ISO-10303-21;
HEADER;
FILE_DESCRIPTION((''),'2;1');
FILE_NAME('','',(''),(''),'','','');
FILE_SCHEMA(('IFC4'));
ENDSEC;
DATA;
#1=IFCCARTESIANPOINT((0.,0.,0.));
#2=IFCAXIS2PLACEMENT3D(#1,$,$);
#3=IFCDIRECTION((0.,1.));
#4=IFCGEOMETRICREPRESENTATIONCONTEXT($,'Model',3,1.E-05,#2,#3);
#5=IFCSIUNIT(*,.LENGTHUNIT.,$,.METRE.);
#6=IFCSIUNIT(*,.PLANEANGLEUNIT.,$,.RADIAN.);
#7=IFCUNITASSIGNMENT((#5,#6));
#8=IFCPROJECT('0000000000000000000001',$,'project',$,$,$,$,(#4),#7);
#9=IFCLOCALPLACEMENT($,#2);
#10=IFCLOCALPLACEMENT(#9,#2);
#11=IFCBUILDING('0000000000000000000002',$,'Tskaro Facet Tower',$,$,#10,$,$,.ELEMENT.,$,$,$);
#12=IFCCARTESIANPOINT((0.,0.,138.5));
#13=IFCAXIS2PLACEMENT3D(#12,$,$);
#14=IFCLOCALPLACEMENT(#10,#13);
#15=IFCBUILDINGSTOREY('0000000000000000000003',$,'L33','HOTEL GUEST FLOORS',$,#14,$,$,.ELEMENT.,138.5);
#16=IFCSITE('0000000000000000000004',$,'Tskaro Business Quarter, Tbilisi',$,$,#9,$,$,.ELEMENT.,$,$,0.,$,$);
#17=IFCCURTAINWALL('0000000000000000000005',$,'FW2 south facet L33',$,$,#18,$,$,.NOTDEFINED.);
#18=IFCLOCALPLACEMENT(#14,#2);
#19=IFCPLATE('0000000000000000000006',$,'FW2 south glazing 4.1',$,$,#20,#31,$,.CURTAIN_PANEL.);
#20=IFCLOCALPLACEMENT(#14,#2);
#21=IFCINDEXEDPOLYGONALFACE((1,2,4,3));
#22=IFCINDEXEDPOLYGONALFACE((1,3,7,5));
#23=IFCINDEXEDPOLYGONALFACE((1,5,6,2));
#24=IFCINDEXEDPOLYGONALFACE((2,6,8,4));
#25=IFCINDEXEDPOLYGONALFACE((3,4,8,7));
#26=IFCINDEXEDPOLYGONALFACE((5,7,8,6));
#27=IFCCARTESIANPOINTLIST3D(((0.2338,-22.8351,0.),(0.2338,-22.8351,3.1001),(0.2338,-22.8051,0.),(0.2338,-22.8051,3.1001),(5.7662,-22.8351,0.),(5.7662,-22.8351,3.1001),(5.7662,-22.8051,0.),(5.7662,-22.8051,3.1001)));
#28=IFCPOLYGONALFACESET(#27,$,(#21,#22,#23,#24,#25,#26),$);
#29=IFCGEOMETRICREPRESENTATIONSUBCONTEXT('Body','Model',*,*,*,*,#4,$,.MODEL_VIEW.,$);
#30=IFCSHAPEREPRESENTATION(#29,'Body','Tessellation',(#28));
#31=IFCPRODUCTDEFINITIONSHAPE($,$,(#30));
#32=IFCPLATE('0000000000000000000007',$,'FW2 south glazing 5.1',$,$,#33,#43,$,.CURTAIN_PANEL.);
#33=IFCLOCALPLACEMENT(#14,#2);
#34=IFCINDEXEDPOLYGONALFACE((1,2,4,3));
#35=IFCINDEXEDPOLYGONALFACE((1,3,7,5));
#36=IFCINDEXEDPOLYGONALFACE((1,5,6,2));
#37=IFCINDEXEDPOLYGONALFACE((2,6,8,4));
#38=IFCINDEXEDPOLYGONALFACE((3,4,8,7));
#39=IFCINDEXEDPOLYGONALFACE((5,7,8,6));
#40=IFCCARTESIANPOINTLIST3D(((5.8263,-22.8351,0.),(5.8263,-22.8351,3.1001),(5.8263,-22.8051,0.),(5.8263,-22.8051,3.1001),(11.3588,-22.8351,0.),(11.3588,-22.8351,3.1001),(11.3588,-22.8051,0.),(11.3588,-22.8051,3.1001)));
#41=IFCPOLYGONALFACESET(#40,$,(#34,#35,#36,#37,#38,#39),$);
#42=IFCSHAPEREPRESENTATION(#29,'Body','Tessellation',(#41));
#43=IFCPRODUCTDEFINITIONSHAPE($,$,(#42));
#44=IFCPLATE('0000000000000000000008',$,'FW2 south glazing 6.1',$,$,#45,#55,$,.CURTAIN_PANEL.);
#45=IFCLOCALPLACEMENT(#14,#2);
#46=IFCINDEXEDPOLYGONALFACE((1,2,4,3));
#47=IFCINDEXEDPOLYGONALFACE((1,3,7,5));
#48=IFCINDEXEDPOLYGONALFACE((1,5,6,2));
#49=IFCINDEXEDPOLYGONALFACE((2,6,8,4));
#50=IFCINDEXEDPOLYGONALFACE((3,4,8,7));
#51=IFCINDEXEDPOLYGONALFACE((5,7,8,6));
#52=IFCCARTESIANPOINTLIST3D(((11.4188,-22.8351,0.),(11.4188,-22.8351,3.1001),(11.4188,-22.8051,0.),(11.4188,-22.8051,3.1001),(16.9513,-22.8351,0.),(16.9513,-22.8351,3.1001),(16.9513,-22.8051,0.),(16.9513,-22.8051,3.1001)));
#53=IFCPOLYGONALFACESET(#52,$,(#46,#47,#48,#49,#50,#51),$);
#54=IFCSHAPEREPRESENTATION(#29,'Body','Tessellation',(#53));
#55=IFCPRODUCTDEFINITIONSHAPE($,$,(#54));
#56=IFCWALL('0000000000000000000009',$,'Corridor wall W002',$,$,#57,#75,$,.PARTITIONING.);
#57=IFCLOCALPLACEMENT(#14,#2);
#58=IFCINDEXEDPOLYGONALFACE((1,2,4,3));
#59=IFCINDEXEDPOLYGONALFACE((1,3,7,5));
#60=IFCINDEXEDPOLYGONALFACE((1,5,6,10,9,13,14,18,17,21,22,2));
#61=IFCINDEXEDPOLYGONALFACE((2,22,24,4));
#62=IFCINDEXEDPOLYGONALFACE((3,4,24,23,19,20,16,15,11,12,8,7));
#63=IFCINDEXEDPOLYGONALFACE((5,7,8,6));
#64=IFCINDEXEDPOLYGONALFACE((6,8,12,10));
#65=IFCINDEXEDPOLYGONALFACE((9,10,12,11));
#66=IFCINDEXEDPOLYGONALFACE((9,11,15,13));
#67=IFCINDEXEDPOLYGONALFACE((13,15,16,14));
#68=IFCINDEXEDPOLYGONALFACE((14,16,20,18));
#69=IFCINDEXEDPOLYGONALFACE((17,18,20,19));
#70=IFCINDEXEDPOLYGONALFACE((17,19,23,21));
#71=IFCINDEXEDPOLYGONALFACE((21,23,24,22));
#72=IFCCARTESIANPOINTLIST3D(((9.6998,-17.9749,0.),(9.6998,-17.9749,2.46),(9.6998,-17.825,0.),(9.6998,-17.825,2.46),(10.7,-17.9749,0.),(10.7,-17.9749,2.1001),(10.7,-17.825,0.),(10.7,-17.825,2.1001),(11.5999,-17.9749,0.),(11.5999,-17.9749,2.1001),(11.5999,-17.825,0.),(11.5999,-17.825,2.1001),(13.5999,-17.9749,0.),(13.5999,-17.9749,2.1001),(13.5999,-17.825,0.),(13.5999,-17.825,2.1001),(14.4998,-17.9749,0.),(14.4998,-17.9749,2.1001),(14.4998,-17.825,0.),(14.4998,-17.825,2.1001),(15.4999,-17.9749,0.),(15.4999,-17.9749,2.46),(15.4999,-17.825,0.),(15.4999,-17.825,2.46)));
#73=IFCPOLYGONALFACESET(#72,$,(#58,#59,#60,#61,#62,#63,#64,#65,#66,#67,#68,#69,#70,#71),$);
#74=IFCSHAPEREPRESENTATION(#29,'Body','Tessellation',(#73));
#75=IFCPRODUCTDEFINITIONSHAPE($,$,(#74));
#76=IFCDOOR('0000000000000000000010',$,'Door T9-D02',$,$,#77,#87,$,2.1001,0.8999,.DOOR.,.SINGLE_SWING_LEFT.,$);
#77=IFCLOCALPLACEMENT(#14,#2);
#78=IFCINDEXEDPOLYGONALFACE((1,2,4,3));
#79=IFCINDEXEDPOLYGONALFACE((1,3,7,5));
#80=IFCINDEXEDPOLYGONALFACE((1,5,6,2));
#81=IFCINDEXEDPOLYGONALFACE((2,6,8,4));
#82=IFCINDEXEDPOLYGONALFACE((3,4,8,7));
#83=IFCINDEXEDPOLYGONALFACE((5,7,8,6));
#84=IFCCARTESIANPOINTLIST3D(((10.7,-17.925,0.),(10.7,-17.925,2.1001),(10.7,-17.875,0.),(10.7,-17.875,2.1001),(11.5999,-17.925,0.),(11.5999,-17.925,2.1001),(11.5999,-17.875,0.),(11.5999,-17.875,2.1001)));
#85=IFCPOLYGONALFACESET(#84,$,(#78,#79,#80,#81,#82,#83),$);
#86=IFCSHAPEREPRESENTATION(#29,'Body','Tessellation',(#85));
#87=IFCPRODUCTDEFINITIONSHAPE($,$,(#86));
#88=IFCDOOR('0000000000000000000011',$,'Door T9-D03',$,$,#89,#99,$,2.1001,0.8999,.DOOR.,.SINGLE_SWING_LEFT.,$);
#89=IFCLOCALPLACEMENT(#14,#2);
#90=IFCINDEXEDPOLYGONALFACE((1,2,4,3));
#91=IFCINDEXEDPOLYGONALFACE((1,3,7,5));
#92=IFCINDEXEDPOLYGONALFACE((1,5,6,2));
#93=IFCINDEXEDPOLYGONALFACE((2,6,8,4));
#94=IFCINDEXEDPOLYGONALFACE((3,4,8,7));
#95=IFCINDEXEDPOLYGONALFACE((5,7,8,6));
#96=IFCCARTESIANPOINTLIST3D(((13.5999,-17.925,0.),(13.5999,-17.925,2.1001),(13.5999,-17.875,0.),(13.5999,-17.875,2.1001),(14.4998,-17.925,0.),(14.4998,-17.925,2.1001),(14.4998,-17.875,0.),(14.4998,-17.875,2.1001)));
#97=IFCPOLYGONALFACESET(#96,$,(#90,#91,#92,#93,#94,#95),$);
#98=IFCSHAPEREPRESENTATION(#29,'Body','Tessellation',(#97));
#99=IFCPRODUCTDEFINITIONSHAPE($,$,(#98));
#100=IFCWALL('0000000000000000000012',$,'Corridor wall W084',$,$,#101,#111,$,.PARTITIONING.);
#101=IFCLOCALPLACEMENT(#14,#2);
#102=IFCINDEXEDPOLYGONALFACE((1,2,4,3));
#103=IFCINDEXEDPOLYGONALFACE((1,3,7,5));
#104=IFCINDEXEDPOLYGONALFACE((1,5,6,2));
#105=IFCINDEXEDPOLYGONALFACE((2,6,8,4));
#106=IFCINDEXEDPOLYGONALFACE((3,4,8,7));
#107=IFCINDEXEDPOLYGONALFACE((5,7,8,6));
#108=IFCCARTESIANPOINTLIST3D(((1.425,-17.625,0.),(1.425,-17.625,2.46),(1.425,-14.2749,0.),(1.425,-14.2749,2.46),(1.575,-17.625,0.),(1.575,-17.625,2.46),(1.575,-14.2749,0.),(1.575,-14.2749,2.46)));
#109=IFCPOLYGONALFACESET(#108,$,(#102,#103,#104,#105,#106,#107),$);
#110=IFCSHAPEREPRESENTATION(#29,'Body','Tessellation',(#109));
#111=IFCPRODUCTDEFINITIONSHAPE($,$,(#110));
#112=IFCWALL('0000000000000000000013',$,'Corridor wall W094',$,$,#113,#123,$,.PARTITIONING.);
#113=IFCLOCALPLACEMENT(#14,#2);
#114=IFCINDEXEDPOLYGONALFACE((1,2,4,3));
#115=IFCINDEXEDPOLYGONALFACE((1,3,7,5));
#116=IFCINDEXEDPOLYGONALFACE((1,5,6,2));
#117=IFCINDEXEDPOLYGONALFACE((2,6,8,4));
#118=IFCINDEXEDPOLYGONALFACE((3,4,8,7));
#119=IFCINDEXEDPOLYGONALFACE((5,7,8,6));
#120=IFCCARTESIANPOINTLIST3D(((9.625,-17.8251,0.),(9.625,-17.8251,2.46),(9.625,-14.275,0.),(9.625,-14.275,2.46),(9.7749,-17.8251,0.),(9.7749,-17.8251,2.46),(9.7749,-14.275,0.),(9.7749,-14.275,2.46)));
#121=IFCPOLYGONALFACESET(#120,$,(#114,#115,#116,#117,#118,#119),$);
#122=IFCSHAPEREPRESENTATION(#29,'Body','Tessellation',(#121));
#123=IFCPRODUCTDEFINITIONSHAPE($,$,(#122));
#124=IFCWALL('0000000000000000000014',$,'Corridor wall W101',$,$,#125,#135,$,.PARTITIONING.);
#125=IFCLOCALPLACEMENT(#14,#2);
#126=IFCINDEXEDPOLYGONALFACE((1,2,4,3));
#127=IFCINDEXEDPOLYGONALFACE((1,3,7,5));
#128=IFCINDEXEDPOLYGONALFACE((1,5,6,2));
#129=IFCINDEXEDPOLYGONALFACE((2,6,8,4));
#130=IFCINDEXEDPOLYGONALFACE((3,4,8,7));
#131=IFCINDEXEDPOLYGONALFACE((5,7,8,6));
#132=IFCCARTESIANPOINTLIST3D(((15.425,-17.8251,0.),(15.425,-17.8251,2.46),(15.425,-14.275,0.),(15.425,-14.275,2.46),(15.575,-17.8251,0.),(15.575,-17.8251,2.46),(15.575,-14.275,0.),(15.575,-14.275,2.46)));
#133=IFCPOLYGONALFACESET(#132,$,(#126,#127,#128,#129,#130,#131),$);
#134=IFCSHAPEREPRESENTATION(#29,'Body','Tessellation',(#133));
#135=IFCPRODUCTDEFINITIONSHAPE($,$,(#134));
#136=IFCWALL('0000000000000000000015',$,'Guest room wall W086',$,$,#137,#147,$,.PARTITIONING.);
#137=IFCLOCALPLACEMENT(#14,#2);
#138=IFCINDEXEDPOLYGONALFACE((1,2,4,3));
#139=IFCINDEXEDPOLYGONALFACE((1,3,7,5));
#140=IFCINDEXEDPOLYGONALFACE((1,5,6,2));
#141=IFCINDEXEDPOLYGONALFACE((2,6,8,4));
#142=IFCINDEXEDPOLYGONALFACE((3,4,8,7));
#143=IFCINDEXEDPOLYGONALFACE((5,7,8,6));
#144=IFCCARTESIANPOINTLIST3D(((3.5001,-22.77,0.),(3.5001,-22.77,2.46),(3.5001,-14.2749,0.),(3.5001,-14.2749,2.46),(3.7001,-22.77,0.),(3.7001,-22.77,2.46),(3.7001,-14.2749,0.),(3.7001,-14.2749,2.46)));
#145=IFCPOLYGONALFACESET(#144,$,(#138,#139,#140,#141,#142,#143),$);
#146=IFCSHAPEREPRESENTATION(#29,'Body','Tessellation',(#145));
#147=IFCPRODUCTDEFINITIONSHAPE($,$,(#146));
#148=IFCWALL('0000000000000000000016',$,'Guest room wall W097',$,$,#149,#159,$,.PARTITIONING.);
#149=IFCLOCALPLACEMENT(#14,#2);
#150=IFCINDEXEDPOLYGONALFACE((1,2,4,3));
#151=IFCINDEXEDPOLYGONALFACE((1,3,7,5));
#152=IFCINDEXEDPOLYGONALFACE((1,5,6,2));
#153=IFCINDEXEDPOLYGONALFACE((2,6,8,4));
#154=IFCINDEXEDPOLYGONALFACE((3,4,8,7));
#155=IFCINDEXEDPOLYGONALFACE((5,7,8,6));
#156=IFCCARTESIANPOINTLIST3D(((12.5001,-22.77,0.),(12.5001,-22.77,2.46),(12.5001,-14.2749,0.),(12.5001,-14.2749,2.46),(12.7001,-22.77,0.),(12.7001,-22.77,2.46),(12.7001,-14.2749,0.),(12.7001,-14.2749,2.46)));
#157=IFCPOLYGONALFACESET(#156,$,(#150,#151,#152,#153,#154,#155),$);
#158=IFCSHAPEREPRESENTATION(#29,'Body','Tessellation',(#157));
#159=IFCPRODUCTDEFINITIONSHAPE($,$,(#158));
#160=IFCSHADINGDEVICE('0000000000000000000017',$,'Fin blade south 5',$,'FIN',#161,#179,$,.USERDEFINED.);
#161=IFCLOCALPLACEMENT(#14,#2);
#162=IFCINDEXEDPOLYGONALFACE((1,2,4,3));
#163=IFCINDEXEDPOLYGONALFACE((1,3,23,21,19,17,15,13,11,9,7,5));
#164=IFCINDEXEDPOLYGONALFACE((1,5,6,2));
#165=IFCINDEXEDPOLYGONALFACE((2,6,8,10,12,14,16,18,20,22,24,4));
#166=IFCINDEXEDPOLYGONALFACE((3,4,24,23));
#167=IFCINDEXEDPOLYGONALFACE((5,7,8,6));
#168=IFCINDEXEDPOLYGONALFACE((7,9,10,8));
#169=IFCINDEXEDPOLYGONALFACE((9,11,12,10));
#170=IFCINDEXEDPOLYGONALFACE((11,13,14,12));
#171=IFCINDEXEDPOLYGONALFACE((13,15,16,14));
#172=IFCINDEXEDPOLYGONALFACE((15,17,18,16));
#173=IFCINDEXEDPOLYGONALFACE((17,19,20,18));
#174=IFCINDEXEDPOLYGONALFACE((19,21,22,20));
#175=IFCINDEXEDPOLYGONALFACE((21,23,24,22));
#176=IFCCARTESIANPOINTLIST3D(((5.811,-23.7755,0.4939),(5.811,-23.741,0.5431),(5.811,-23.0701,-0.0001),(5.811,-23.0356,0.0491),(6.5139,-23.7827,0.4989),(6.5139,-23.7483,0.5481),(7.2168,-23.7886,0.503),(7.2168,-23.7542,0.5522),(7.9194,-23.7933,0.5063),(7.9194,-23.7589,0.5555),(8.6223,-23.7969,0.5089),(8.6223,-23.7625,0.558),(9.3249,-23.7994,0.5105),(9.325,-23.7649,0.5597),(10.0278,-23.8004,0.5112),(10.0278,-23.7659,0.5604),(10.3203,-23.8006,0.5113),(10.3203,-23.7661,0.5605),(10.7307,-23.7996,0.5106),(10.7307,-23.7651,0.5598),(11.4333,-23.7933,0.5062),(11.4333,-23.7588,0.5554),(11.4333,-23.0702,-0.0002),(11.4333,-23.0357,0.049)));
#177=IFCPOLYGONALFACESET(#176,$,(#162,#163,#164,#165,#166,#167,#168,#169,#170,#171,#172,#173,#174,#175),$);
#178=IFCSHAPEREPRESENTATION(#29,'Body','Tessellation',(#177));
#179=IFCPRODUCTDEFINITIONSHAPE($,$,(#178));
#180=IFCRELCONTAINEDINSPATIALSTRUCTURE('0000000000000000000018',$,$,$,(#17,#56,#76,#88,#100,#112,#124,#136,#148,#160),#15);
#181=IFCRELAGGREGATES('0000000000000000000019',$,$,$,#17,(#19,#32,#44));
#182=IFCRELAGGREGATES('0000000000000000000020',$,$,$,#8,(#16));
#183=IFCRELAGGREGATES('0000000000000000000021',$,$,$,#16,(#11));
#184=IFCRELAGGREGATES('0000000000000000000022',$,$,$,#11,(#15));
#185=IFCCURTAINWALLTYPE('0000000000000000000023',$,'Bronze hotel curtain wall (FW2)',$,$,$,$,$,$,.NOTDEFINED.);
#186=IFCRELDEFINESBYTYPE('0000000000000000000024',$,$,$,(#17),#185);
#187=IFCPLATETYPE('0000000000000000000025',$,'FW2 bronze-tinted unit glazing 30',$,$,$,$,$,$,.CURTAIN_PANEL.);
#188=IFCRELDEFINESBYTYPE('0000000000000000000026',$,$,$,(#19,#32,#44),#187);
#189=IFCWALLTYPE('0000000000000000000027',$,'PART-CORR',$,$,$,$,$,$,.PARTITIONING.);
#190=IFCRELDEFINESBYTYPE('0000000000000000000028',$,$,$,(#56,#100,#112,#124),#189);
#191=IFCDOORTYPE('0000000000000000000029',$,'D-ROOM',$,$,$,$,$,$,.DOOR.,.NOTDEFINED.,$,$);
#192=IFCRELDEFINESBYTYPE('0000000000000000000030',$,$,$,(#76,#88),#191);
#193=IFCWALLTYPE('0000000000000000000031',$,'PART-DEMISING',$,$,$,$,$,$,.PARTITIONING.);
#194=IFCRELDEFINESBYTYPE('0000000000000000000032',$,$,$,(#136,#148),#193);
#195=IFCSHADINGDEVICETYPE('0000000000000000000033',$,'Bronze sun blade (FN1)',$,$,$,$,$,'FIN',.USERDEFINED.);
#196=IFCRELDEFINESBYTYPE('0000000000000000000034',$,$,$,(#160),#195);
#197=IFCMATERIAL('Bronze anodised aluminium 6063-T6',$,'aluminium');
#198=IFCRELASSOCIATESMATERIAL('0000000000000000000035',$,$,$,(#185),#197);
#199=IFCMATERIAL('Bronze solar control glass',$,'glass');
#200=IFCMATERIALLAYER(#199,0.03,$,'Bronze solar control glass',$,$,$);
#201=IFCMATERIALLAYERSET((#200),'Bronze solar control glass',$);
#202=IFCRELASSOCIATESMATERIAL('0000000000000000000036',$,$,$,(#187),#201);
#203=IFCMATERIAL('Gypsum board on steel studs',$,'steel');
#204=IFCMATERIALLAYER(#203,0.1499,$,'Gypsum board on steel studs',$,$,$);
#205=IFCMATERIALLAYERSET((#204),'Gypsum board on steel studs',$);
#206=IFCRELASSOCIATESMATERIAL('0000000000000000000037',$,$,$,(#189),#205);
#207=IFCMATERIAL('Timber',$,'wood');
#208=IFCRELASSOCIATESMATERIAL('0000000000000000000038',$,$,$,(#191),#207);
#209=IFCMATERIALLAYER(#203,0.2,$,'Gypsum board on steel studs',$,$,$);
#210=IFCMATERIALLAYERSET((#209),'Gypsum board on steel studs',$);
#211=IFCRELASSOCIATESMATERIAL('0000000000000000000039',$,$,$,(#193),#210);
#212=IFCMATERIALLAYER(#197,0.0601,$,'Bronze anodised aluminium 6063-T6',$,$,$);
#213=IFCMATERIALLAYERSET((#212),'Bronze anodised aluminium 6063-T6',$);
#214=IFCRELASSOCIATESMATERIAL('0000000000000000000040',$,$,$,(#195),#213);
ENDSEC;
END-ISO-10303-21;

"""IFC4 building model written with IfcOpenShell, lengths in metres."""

from ifc_helpers import new_model, si_unit, direction, frame, frame_2d, origin, origin_2d, place, context, subcontext, project, spatial, polyline, rectangle, outline, extrude, material, layer, layer_set, type_object, element, fill, aggregate, save


model = new_model("IFC4")

# Units and contexts
model_context = context("Model", 3, precision=1e-05, world=origin(), true_north=direction((0.0, 1.0)))
body_context = subcontext(model_context, "Body", "Model", "MODEL_VIEW")
ifc_project = project(units=[si_unit("LENGTHUNIT", "METRE"), si_unit("PLANEANGLEUNIT", "RADIAN")], contexts=[model_context])

# Site, building, storey
site_placement = place(None, origin())
site = spatial("IfcSite", under=ifc_project, at=site_placement, Name="Tskaro Business Quarter, Tbilisi", CompositionType="ELEMENT", RefElevation=0.0)
building_placement = place(site_placement, origin())
building = spatial("IfcBuilding", under=site, at=building_placement, Name="Tskaro Facet Tower", CompositionType="ELEMENT")
storey_placement = place(building_placement, frame((0.0, 0.0, 138.5)))
storey = spatial("IfcBuildingStorey", under=building, at=storey_placement, Name="L33", Description="HOTEL GUEST FLOORS", CompositionType="ELEMENT", Elevation=138.5)

# Curtain wall
ifc_material_1 = material(Name="Bronze anodised aluminium 6063-T6", Category="aluminium")
curtain_wall_type = type_object("IfcCurtainWallType", Name="Bronze hotel curtain wall (FW2)", PredefinedType="NOTDEFINED", material=ifc_material_1)
curtain_wall_placement = place(storey_placement, origin())
curtain_wall = element("IfcCurtainWall", 1, at=curtain_wall_placement, inside=storey, type_object=curtain_wall_type, Name="FW2 south facet L33", PredefinedType="NOTDEFINED")

# Plates
ifc_material_2 = material(Name="Bronze solar control glass", Category="glass")
ifc_layer_1 = layer(ifc_material_2, 0.03, Name="Bronze solar control glass")
ifc_layer_set_1 = layer_set([ifc_layer_1], Name="Bronze solar control glass")
plate_type = type_object("IfcPlateType", Name="FW2 bronze-tinted unit glazing 30", PredefinedType="CURTAIN_PANEL", material=ifc_layer_set_1)
plate_1_placement = place(storey_placement, frame((3.0, -22.8201, 0.0), z_axis=(0.0, 0.0, 1.0), x_axis=(1.0, 0.0, 0.0)))
plate_1 = element("IfcPlate", 2, at=plate_1_placement, type_object=plate_type, Name="FW2 south glazing 4.1", PredefinedType="CURTAIN_PANEL", context=body_context, shape_type="SweptSolid", body=[
    extrude(rectangle(XDim=5.5325, YDim=0.03, at=origin_2d()), origin(), (0.0, 0.0, 1.0), 3.1001),
])
plate_2_placement = place(storey_placement, frame((8.5925, -22.8201, 0.0), z_axis=(0.0, 0.0, 1.0), x_axis=(1.0, 0.0, 0.0)))
plate_2 = element("IfcPlate", 3, at=plate_2_placement, type_object=plate_type, Name="FW2 south glazing 5.1", PredefinedType="CURTAIN_PANEL", context=body_context, shape_type="SweptSolid", body=[
    extrude(rectangle(XDim=5.5325, YDim=0.03, at=origin_2d()), origin(), (0.0, 0.0, 1.0), 3.1001),
])
plate_3_placement = place(storey_placement, frame((14.1851, -22.8201, 0.0), z_axis=(0.0, 0.0, 1.0), x_axis=(1.0, 0.0, 0.0)))
plate_3 = element("IfcPlate", 4, at=plate_3_placement, type_object=plate_type, Name="FW2 south glazing 6.1", PredefinedType="CURTAIN_PANEL", context=body_context, shape_type="SweptSolid", body=[
    extrude(rectangle(XDim=5.5325, YDim=0.03, at=origin_2d()), origin(), (0.0, 0.0, 1.0), 3.1001),
])
aggregate(curtain_wall, [plate_1, plate_2, plate_3])

# Wall, openings, doors
ifc_material_3 = material(Name="Gypsum board on steel studs", Category="steel")
ifc_layer_2 = layer(ifc_material_3, 0.1499, Name="Gypsum board on steel studs")
ifc_layer_set_2 = layer_set([ifc_layer_2], Name="Gypsum board on steel studs")
wall_type_1 = type_object("IfcWallType", Name="PART-CORR", PredefinedType="PARTITIONING", material=ifc_layer_set_2)
wall_1_placement = place(storey_placement, frame((9.7, -17.8999, 0.0), z_axis=(0.0, 0.0, 1.0), x_axis=(1.0, 0.0, 0.0)))
wall_1 = element("IfcWall", 5, at=wall_1_placement, inside=storey, type_object=wall_type_1, Name="Corridor wall W002", PredefinedType="PARTITIONING", context=body_context, shape_type="SweptSolid", body=[
    extrude(rectangle(XDim=5.8, YDim=0.1499, at=frame_2d((2.8999, 0.0))), origin(), (0.0, 0.0, 1.0), 2.46),
])
opening_1_placement = place(wall_1_placement, frame((1.0, 0.0, 0.0)))
opening_1 = element("IfcOpeningElement", 6, at=opening_1_placement, cuts=wall_1, PredefinedType="OPENING", context=body_context, shape_type="SweptSolid", body=[
    extrude(rectangle(XDim=0.8999, YDim=2.1001, at=frame_2d((0.45, 1.05))), frame((0.0, 0.085, 0.0), z_axis=(0.0, -1.0, 0.0), x_axis=(1.0, 0.0, 0.0)), (0.0, 0.0, 1.0), 0.1699),
])
opening_2_placement = place(wall_1_placement, frame((3.8999, 0.0, 0.0)))
opening_2 = element("IfcOpeningElement", 7, at=opening_2_placement, cuts=wall_1, PredefinedType="OPENING", context=body_context, shape_type="SweptSolid", body=[
    extrude(rectangle(XDim=0.8999, YDim=2.1001, at=frame_2d((0.45, 1.05))), frame((0.0, 0.085, 0.0), z_axis=(0.0, -1.0, 0.0), x_axis=(1.0, 0.0, 0.0)), (0.0, 0.0, 1.0), 0.1699),
])
ifc_material_4 = material(Name="Timber", Category="wood")
door_type = type_object("IfcDoorType", Name="D-ROOM", OperationType="NOTDEFINED", PredefinedType="DOOR", material=ifc_material_4)
door_1_placement = place(opening_1_placement, origin())
door_1 = element("IfcDoor", 8, at=door_1_placement, inside=storey, type_object=door_type, Name="Door T9-D02", OperationType="SINGLE_SWING_LEFT", OverallHeight=2.1001, OverallWidth=0.8999, PredefinedType="DOOR", context=body_context, shape_type="SweptSolid", body=[
    extrude(rectangle(XDim=0.8999, YDim=2.1001, at=frame_2d((0.45, 1.05))), frame((0.0, 0.0249, 0.0), z_axis=(0.0, -1.0, 0.0), x_axis=(1.0, 0.0, 0.0)), (0.0, 0.0, 1.0), 0.05),
])
fill(opening_1, door_1)
door_2_placement = place(opening_2_placement, origin())
door_2 = element("IfcDoor", 9, at=door_2_placement, inside=storey, type_object=door_type, Name="Door T9-D03", OperationType="SINGLE_SWING_LEFT", OverallHeight=2.1001, OverallWidth=0.8999, PredefinedType="DOOR", context=body_context, shape_type="SweptSolid", body=[
    extrude(rectangle(XDim=0.8999, YDim=2.1001, at=frame_2d((0.45, 1.05))), frame((0.0, 0.0249, 0.0), z_axis=(0.0, -1.0, 0.0), x_axis=(1.0, 0.0, 0.0)), (0.0, 0.0, 1.0), 0.05),
])
fill(opening_2, door_2)

# Walls
wall_2_placement = place(storey_placement, frame((1.5, -17.625, 0.0), z_axis=(0.0, 0.0, 1.0), x_axis=(0.0, 1.0, 0.0)))
element("IfcWall", 10, at=wall_2_placement, inside=storey, type_object=wall_type_1, Name="Corridor wall W084", PredefinedType="PARTITIONING", context=body_context, shape_type="SweptSolid", body=[
    extrude(rectangle(XDim=3.3501, YDim=0.1499, at=frame_2d((1.675, 0.0))), origin(), (0.0, 0.0, 1.0), 2.46),
])
for number, where, z_axis, x_axis, name in (
    (11, (9.7, -17.825, 0.0), (0.0, 0.0, 1.0), (0.0, 1.0, 0.0), "Corridor wall W094"),
    (12, (15.5, -17.825, 0.0), (0.0, 0.0, 1.0), (0.0, 1.0, 0.0), "Corridor wall W101"),
):
    element("IfcWall", number, at=place(storey_placement, frame(where, z_axis=z_axis, x_axis=x_axis)), inside=storey, type_object=wall_type_1, Name=name, PredefinedType="PARTITIONING", context=body_context, shape_type="SweptSolid", body=[
        extrude(rectangle(XDim=3.55, YDim=0.1499, at=frame_2d((1.7749, 0.0))), origin(), (0.0, 0.0, 1.0), 2.46),
    ])
ifc_layer_3 = layer(ifc_material_3, 0.2, Name="Gypsum board on steel studs")
ifc_layer_set_3 = layer_set([ifc_layer_3], Name="Gypsum board on steel studs")
wall_type_2 = type_object("IfcWallType", Name="PART-DEMISING", PredefinedType="PARTITIONING", material=ifc_layer_set_3)
for number, where, z_axis, x_axis, name in (
    (13, (3.6001, -22.77, 0.0), (0.0, 0.0, 1.0), (0.0, 1.0, 0.0), "Guest room wall W086"),
    (14, (12.6001, -22.77, 0.0), (0.0, 0.0, 1.0), (0.0, 1.0, 0.0), "Guest room wall W097"),
):
    element("IfcWall", number, at=place(storey_placement, frame(where, z_axis=z_axis, x_axis=x_axis)), inside=storey, type_object=wall_type_2, Name=name, PredefinedType="PARTITIONING", context=body_context, shape_type="SweptSolid", body=[
        extrude(rectangle(XDim=8.4951, YDim=0.2, at=frame_2d((4.2476, 0.0))), origin(), (0.0, 0.0, 1.0), 2.46),
    ])

# Shading device
ifc_layer_4 = layer(ifc_material_1, 0.0601, Name="Bronze anodised aluminium 6063-T6")
ifc_layer_set_4 = layer_set([ifc_layer_4], Name="Bronze anodised aluminium 6063-T6")
shading_device_type = type_object("IfcShadingDeviceType", Name="Bronze sun blade (FN1)", ElementType="FIN", PredefinedType="USERDEFINED", material=ifc_layer_set_4)
shading_device_1_placement = place(storey_placement, frame((5.811, -23.0356, 0.0491), z_axis=(0.00002, 0.57365, 0.819101), x_axis=(1.0, -0.000011, -0.000016)))
element("IfcShadingDevice", 15, at=shading_device_1_placement, inside=storey, type_object=shading_device_type, Name="Fin blade south 5", ObjectType="FIN", PredefinedType="USERDEFINED", context=body_context, shape_type="SweptSolid", body=[
    extrude(outline(polyline([(0.0, 0.0), (5.6223, 0.0), (5.6223, -0.8828), (4.9197, -0.8905), (4.5093, -0.8917), (4.2168, -0.8915), (3.5139, -0.8903), (2.8113, -0.8873), (2.1084, -0.8829), (1.4058, -0.8772), (0.7029, -0.87), (0.0, -0.8612), (0.0, 0.0)])), origin(), (0.0, 0.0, -1.0), 0.0601),
])

save(model, "model.ifc")
